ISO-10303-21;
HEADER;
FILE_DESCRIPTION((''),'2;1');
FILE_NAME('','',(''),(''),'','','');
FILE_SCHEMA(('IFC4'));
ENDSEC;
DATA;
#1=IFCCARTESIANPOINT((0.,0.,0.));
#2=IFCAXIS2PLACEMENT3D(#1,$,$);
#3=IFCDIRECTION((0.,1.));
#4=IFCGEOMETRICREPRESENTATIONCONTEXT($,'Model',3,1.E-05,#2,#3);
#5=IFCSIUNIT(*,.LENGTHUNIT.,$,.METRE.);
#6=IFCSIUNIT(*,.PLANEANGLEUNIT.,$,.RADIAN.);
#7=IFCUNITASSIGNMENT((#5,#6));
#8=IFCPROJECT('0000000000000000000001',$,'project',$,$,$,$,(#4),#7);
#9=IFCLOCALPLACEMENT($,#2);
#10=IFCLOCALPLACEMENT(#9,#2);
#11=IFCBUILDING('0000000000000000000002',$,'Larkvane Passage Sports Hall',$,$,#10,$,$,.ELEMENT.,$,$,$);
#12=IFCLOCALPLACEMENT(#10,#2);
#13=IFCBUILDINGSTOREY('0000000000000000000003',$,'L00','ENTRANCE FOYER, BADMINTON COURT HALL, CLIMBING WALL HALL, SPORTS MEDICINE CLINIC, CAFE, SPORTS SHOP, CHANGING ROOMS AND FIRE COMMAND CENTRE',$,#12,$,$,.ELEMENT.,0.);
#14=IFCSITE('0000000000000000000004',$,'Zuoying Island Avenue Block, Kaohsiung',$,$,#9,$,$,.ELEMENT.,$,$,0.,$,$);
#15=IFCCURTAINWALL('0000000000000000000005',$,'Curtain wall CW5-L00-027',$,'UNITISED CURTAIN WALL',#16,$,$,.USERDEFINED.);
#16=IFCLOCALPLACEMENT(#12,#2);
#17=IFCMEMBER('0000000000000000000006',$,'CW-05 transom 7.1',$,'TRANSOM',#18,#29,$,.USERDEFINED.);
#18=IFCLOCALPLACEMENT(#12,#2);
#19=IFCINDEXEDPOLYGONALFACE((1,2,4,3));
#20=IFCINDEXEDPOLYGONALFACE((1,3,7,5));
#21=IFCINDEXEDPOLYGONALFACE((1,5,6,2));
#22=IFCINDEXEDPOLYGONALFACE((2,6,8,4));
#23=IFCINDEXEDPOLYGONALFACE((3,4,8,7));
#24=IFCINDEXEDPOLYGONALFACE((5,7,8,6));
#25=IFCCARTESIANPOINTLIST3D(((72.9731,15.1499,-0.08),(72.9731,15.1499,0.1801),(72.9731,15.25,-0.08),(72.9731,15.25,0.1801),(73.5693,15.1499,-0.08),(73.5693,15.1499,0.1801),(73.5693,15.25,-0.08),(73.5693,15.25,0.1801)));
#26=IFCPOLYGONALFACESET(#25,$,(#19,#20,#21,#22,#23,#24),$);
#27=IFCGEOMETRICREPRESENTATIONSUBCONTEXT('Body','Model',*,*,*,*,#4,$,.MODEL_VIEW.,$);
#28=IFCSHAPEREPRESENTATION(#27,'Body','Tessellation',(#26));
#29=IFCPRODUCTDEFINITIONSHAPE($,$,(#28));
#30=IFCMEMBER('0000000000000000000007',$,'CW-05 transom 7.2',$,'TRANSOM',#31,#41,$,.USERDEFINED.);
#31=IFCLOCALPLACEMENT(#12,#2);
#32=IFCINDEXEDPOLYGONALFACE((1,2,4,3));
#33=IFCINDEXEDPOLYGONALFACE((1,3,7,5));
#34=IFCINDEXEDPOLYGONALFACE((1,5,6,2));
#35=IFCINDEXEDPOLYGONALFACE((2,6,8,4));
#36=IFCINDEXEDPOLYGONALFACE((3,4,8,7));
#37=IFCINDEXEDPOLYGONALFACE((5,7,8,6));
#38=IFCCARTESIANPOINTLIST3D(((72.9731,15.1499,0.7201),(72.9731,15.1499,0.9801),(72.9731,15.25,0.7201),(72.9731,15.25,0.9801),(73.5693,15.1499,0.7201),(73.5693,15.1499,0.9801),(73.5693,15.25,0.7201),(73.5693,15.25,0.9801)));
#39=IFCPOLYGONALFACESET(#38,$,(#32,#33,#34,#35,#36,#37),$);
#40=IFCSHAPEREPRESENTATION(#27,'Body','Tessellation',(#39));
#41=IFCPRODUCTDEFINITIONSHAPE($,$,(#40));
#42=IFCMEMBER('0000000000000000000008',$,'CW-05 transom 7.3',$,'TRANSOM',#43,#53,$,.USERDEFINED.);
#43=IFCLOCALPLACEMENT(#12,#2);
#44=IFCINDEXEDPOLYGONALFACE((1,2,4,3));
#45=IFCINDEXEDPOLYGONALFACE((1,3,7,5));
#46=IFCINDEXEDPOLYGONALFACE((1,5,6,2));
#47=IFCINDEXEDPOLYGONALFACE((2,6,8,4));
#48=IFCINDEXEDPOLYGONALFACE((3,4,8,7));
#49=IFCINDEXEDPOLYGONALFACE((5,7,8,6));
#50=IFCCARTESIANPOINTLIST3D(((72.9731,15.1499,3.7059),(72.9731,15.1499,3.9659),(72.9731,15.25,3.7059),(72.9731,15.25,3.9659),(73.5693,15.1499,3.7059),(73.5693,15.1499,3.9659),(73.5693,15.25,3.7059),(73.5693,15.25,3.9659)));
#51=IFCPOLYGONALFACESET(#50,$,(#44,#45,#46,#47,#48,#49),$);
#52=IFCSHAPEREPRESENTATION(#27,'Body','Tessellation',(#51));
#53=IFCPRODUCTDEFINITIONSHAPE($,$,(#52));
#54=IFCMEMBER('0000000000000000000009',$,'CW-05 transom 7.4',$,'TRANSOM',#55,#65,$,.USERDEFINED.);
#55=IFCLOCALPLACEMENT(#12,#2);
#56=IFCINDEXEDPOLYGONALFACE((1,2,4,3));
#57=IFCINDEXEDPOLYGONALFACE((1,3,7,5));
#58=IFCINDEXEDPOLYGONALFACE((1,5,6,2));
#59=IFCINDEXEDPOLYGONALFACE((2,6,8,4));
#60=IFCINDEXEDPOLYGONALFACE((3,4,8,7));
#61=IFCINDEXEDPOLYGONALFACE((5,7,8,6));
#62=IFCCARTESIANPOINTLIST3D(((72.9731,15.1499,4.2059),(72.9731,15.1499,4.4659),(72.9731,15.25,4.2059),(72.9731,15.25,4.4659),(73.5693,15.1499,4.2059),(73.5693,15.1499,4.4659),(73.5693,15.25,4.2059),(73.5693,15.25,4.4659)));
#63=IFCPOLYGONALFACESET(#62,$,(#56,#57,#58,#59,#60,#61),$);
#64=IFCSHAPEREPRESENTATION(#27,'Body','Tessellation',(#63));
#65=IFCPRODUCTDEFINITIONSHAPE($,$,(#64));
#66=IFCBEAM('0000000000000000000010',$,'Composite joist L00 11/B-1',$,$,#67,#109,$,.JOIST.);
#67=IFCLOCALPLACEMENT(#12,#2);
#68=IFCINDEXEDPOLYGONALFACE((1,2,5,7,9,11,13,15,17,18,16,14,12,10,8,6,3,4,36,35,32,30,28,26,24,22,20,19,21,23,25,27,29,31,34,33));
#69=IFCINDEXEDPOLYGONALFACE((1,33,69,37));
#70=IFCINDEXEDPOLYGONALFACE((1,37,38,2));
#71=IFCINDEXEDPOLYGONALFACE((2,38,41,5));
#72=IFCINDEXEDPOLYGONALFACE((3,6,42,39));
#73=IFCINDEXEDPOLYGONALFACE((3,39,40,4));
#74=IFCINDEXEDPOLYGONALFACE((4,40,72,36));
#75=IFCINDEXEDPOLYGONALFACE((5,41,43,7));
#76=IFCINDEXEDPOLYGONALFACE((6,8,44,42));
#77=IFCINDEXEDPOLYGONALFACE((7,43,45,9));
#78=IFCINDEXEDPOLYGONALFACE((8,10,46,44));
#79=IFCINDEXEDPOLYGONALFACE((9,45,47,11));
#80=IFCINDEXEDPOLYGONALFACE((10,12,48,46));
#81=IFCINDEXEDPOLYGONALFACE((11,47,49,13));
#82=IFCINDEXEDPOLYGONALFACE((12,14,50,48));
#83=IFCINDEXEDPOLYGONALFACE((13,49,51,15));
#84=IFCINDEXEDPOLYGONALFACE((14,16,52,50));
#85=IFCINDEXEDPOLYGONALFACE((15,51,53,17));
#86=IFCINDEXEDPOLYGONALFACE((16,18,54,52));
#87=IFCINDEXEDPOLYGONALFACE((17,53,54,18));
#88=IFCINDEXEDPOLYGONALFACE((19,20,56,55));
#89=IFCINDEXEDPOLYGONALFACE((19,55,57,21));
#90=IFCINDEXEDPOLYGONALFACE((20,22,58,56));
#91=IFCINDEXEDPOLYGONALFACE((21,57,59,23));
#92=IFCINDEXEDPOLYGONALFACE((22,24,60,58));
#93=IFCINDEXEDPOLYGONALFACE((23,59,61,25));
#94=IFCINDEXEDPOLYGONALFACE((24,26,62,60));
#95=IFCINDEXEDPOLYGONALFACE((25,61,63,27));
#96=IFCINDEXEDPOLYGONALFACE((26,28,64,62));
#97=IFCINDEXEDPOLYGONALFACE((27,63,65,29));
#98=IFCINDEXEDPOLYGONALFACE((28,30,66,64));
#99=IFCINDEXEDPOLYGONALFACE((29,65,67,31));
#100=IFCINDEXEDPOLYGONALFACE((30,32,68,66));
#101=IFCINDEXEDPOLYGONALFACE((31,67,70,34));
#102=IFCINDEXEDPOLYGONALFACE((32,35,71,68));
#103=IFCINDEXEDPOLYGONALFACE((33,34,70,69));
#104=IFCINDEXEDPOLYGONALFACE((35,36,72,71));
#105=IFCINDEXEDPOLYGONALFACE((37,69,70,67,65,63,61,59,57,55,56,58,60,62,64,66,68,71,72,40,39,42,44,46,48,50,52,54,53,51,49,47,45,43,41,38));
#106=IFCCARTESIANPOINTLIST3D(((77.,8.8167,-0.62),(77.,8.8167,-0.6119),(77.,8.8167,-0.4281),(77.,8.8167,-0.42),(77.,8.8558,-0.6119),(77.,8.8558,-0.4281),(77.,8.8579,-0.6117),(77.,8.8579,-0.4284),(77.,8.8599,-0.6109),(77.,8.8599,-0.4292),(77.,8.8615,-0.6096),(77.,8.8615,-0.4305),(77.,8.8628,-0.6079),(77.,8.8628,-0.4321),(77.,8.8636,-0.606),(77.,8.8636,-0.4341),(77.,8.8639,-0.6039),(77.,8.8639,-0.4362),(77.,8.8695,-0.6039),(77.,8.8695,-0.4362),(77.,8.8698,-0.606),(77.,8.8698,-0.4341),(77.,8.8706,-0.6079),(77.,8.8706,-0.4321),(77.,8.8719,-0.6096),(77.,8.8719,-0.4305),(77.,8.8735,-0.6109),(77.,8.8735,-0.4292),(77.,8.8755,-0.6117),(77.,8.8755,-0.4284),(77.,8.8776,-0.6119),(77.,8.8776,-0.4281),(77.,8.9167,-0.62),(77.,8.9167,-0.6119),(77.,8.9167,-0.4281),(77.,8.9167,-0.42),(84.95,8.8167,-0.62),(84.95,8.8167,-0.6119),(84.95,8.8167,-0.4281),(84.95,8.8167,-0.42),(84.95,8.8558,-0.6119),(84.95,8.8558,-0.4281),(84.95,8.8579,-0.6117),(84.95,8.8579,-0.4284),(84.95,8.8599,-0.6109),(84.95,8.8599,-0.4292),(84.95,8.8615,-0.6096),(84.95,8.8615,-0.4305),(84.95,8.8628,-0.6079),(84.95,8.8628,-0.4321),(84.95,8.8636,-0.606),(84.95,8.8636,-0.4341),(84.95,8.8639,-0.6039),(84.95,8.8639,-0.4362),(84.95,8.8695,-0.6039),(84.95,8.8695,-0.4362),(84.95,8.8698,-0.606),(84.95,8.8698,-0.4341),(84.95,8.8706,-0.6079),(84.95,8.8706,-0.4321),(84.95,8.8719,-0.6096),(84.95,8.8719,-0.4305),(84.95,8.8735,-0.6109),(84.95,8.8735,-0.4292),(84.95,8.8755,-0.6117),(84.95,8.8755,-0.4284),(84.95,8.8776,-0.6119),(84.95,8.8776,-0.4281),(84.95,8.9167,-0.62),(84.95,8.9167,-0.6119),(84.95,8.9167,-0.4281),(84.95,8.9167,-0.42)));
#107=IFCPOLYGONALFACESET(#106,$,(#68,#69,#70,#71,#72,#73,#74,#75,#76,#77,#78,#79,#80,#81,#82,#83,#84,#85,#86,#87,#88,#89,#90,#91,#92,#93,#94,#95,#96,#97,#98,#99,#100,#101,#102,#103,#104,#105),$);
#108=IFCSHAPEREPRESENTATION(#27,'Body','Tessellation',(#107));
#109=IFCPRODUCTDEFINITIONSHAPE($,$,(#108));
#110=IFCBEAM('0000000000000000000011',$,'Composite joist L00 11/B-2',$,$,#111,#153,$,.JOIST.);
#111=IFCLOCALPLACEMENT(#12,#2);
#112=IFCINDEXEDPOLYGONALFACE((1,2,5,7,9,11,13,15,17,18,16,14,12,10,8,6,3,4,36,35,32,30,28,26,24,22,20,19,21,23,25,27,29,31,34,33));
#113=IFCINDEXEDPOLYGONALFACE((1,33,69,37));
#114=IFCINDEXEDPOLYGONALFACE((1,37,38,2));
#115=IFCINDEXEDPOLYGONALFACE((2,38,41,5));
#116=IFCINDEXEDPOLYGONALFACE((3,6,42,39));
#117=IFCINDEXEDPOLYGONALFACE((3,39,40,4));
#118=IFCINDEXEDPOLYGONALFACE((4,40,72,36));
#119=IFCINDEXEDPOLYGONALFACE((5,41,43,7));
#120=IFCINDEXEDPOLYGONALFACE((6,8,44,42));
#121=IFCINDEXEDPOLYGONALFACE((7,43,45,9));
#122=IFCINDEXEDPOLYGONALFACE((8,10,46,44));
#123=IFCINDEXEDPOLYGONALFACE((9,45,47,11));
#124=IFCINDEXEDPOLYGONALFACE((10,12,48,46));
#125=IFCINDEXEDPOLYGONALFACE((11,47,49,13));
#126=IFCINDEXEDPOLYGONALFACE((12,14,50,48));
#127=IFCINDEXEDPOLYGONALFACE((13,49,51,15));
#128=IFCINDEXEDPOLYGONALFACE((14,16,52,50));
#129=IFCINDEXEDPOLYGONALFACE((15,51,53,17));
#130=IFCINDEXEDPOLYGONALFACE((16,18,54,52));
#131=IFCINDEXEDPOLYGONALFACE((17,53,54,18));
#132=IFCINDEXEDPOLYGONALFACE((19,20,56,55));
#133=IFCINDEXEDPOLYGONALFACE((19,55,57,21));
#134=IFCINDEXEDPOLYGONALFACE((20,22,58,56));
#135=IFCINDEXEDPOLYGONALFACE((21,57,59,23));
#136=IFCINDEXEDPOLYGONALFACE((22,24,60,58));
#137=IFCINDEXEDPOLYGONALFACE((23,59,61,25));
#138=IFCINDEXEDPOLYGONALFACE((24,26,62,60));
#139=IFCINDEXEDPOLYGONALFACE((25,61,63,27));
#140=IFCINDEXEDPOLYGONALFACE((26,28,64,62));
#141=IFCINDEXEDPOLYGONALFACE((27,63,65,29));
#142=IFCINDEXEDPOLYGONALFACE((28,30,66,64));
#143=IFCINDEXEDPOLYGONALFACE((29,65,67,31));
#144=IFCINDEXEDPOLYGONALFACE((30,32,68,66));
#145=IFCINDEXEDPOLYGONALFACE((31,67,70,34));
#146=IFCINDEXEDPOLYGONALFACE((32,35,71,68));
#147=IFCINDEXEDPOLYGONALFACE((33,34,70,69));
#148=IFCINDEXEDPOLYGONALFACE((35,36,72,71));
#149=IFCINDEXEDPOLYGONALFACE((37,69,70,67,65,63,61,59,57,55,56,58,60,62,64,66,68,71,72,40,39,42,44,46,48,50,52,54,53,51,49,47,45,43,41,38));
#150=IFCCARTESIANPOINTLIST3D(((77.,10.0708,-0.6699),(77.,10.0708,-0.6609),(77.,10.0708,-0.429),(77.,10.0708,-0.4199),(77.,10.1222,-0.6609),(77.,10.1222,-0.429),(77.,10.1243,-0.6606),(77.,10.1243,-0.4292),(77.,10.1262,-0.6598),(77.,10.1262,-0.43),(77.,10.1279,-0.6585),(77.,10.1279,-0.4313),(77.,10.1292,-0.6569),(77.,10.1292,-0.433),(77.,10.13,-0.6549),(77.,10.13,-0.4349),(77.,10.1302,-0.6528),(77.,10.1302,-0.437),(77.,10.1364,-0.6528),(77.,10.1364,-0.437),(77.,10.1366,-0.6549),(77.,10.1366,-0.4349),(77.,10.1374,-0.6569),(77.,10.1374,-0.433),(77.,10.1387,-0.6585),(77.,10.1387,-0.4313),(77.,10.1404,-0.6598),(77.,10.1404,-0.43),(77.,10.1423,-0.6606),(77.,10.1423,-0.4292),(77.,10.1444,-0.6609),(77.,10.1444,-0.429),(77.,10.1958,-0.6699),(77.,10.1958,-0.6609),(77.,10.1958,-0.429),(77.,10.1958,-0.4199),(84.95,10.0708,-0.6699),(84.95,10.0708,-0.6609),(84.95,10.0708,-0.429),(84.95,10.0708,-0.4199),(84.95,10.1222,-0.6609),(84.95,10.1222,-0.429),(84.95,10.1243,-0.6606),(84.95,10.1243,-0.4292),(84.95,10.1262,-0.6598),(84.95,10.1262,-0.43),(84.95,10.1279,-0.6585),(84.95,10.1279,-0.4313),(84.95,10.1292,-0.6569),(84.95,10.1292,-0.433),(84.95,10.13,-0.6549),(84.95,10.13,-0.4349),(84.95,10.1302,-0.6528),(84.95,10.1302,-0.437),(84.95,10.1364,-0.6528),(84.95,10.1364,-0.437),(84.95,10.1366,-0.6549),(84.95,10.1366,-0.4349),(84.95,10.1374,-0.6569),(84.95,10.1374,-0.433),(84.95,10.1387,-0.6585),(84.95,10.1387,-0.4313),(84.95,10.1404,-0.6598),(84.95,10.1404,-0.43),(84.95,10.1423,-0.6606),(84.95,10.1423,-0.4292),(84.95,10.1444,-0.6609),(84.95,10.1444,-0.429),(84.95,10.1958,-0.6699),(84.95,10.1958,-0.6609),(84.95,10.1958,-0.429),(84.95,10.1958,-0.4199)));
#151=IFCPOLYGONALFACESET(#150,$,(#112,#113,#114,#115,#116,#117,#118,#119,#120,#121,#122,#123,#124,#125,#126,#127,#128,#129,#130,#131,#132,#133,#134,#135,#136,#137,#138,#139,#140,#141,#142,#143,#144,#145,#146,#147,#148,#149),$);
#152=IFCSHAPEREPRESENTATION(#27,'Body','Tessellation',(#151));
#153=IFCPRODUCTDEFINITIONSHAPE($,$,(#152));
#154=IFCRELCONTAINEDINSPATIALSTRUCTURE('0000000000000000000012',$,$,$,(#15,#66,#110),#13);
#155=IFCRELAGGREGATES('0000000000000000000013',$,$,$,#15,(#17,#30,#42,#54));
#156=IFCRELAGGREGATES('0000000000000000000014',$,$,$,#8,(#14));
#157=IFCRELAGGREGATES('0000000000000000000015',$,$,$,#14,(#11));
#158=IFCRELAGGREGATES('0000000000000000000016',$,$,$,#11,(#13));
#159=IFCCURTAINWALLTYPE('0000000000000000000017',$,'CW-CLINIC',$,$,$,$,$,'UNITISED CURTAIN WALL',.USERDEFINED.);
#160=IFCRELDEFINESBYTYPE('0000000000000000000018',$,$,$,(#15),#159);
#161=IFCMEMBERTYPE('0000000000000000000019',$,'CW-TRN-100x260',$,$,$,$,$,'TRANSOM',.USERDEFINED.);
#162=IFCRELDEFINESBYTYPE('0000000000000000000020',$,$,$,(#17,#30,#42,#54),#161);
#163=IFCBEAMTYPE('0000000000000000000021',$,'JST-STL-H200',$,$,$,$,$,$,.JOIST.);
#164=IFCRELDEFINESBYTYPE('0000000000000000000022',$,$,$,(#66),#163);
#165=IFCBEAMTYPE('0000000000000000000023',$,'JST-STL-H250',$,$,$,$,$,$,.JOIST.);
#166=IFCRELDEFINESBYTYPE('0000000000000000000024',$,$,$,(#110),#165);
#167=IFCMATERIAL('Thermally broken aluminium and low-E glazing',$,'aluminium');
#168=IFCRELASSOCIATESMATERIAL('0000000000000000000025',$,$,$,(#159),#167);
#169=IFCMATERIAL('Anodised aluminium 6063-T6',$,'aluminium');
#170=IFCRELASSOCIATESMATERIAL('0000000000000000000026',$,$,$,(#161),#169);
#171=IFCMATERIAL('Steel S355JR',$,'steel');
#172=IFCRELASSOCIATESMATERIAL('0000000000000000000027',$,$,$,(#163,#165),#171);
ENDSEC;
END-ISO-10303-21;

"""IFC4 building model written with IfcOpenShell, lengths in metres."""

from ifc_helpers import new_model, si_unit, direction, frame, origin, origin_2d, place, context, subcontext, project, spatial, rectangle, i_section, extrude, material, material_profile, profile_set, type_object, element, aggregate, save


model = new_model("IFC4")

# Units and contexts
model_context = context("Model", 3, precision=1e-05, world=origin(), true_north=direction((0.0, 1.0)))
body_context = subcontext(model_context, "Body", "Model", "MODEL_VIEW")
ifc_project = project(units=[si_unit("LENGTHUNIT", "METRE"), si_unit("PLANEANGLEUNIT", "RADIAN")], contexts=[model_context])

# Site, building, storey
site_placement = place(None, origin())
site = spatial("IfcSite", under=ifc_project, at=site_placement, Name="Zuoying Island Avenue Block, Kaohsiung", CompositionType="ELEMENT", RefElevation=0.0)
building_placement = place(site_placement, origin())
building = spatial("IfcBuilding", under=site, at=building_placement, Name="Larkvane Passage Sports Hall", CompositionType="ELEMENT")
storey_placement = place(building_placement, origin())
storey = spatial("IfcBuildingStorey", under=building, at=storey_placement, Name="L00", Description="ENTRANCE FOYER, BADMINTON COURT HALL, CLIMBING WALL HALL, SPORTS MEDICINE CLINIC, CAFE, SPORTS SHOP, CHANGING ROOMS AND FIRE COMMAND CENTRE", CompositionType="ELEMENT", Elevation=0.0)

# Shared definitions
ifc_material_1 = material(Name="Steel S355JR", Category="steel")

# Curtain wall, members
ifc_material_2 = material(Name="Thermally broken aluminium and low-E glazing", Category="aluminium")
curtain_wall_type = type_object("IfcCurtainWallType", Name="CW-CLINIC", ElementType="UNITISED CURTAIN WALL", PredefinedType="USERDEFINED", material=ifc_material_2)
curtain_wall_placement = place(storey_placement, origin())
curtain_wall = element("IfcCurtainWall", 1, at=curtain_wall_placement, inside=storey, type_object=curtain_wall_type, Name="Curtain wall CW5-L00-027", ObjectType="UNITISED CURTAIN WALL", PredefinedType="USERDEFINED")
ifc_material_3 = material(Name="Anodised aluminium 6063-T6", Category="aluminium")
ifc_material_profile_1 = material_profile(ifc_material_3, rectangle(XDim=0.1001, YDim=0.26, at=origin_2d()), Name="ALU-TRN-100x260")
ifc_profile_set_1 = profile_set([ifc_material_profile_1], Name="Anodised aluminium 6063-T6")
member_type_1 = type_object("IfcMemberType", Name="CW-TRN-100x260", ElementType="TRANSOM", PredefinedType="USERDEFINED", material=ifc_profile_set_1)
member_1_placement = place(storey_placement, frame((72.9731, 15.2, 0.05), z_axis=(1.0, 0.0, 0.0), x_axis=(0.0, 1.0, 0.0)))
member_1 = element("IfcMember", 2, at=member_1_placement, type_object=member_type_1, Name="CW-05 transom 7.1", ObjectType="TRANSOM", PredefinedType="USERDEFINED", context=body_context, shape_type="SweptSolid", body=[
    extrude(rectangle(XDim=0.1001, YDim=0.26, at=origin_2d()), origin(), (0.0, 0.0, 1.0), 0.5962),
])
member_2_placement = place(storey_placement, frame((72.9731, 15.2, 0.8501), z_axis=(1.0, 0.0, 0.0), x_axis=(0.0, 1.0, 0.0)))
member_2 = element("IfcMember", 3, at=member_2_placement, type_object=member_type_1, Name="CW-05 transom 7.2", ObjectType="TRANSOM", PredefinedType="USERDEFINED", context=body_context, shape_type="SweptSolid", body=[
    extrude(rectangle(XDim=0.1001, YDim=0.26, at=origin_2d()), origin(), (0.0, 0.0, 1.0), 0.5962),
])
member_3_placement = place(storey_placement, frame((72.9731, 15.2, 3.8359), z_axis=(1.0, 0.0, 0.0), x_axis=(0.0, 1.0, 0.0)))
member_3 = element("IfcMember", 4, at=member_3_placement, type_object=member_type_1, Name="CW-05 transom 7.3", ObjectType="TRANSOM", PredefinedType="USERDEFINED", context=body_context, shape_type="SweptSolid", body=[
    extrude(rectangle(XDim=0.1001, YDim=0.26, at=origin_2d()), origin(), (0.0, 0.0, 1.0), 0.5962),
])
member_4_placement = place(storey_placement, frame((72.9731, 15.2, 4.3359), z_axis=(1.0, 0.0, 0.0), x_axis=(0.0, 1.0, 0.0)))
member_4 = element("IfcMember", 5, at=member_4_placement, type_object=member_type_1, Name="CW-05 transom 7.4", ObjectType="TRANSOM", PredefinedType="USERDEFINED", context=body_context, shape_type="SweptSolid", body=[
    extrude(rectangle(XDim=0.1001, YDim=0.26, at=origin_2d()), origin(), (0.0, 0.0, 1.0), 0.5962),
])

# Beams
ifc_material_profile_2 = material_profile(ifc_material_1, i_section(OverallWidth=0.1001, OverallDepth=0.2, WebThickness=0.0056, FlangeThickness=0.0081, FilletRadius=0.0081, at=origin_2d()), Name="H-200x100x5.5x8")
ifc_profile_set_2 = profile_set([ifc_material_profile_2], Name="Steel S355JR")
beam_type_1 = type_object("IfcBeamType", Name="JST-STL-H200", PredefinedType="JOIST", material=ifc_profile_set_2)
beam_1_placement = place(storey_placement, frame((77.0, 8.8667, -0.52), z_axis=(1.0, 0.0, 0.0), x_axis=(0.0, 1.0, 0.0)))
element("IfcBeam", 6, at=beam_1_placement, inside=storey, type_object=beam_type_1, Name="Composite joist L00 11/B-1", PredefinedType="JOIST", context=body_context, shape_type="SweptSolid", body=[
    extrude(i_section(OverallWidth=0.1001, OverallDepth=0.2, WebThickness=0.0056, FlangeThickness=0.0081, FilletRadius=0.0081, at=origin_2d()), origin(), (0.0, 0.0, 1.0), 7.95),
])
ifc_material_profile_3 = material_profile(ifc_material_1, i_section(OverallWidth=0.125, OverallDepth=0.25, WebThickness=0.0061, FlangeThickness=0.009, FilletRadius=0.0081, at=origin_2d()), Name="H-250x125x6x9")
ifc_profile_set_3 = profile_set([ifc_material_profile_3], Name="Steel S355JR")
beam_type_2 = type_object("IfcBeamType", Name="JST-STL-H250", PredefinedType="JOIST", material=ifc_profile_set_3)
beam_2_placement = place(storey_placement, frame((77.0, 10.1333, -0.5449), z_axis=(1.0, 0.0, 0.0), x_axis=(0.0, 1.0, 0.0)))
element("IfcBeam", 7, at=beam_2_placement, inside=storey, type_object=beam_type_2, Name="Composite joist L00 11/B-2", PredefinedType="JOIST", context=body_context, shape_type="SweptSolid", body=[
    extrude(i_section(OverallWidth=0.125, OverallDepth=0.25, WebThickness=0.0061, FlangeThickness=0.009, FilletRadius=0.0081, at=origin_2d()), origin(), (0.0, 0.0, 1.0), 7.95),
])

aggregate(curtain_wall, [member_1, member_2, member_3, member_4])

save(model, "model.ifc")
